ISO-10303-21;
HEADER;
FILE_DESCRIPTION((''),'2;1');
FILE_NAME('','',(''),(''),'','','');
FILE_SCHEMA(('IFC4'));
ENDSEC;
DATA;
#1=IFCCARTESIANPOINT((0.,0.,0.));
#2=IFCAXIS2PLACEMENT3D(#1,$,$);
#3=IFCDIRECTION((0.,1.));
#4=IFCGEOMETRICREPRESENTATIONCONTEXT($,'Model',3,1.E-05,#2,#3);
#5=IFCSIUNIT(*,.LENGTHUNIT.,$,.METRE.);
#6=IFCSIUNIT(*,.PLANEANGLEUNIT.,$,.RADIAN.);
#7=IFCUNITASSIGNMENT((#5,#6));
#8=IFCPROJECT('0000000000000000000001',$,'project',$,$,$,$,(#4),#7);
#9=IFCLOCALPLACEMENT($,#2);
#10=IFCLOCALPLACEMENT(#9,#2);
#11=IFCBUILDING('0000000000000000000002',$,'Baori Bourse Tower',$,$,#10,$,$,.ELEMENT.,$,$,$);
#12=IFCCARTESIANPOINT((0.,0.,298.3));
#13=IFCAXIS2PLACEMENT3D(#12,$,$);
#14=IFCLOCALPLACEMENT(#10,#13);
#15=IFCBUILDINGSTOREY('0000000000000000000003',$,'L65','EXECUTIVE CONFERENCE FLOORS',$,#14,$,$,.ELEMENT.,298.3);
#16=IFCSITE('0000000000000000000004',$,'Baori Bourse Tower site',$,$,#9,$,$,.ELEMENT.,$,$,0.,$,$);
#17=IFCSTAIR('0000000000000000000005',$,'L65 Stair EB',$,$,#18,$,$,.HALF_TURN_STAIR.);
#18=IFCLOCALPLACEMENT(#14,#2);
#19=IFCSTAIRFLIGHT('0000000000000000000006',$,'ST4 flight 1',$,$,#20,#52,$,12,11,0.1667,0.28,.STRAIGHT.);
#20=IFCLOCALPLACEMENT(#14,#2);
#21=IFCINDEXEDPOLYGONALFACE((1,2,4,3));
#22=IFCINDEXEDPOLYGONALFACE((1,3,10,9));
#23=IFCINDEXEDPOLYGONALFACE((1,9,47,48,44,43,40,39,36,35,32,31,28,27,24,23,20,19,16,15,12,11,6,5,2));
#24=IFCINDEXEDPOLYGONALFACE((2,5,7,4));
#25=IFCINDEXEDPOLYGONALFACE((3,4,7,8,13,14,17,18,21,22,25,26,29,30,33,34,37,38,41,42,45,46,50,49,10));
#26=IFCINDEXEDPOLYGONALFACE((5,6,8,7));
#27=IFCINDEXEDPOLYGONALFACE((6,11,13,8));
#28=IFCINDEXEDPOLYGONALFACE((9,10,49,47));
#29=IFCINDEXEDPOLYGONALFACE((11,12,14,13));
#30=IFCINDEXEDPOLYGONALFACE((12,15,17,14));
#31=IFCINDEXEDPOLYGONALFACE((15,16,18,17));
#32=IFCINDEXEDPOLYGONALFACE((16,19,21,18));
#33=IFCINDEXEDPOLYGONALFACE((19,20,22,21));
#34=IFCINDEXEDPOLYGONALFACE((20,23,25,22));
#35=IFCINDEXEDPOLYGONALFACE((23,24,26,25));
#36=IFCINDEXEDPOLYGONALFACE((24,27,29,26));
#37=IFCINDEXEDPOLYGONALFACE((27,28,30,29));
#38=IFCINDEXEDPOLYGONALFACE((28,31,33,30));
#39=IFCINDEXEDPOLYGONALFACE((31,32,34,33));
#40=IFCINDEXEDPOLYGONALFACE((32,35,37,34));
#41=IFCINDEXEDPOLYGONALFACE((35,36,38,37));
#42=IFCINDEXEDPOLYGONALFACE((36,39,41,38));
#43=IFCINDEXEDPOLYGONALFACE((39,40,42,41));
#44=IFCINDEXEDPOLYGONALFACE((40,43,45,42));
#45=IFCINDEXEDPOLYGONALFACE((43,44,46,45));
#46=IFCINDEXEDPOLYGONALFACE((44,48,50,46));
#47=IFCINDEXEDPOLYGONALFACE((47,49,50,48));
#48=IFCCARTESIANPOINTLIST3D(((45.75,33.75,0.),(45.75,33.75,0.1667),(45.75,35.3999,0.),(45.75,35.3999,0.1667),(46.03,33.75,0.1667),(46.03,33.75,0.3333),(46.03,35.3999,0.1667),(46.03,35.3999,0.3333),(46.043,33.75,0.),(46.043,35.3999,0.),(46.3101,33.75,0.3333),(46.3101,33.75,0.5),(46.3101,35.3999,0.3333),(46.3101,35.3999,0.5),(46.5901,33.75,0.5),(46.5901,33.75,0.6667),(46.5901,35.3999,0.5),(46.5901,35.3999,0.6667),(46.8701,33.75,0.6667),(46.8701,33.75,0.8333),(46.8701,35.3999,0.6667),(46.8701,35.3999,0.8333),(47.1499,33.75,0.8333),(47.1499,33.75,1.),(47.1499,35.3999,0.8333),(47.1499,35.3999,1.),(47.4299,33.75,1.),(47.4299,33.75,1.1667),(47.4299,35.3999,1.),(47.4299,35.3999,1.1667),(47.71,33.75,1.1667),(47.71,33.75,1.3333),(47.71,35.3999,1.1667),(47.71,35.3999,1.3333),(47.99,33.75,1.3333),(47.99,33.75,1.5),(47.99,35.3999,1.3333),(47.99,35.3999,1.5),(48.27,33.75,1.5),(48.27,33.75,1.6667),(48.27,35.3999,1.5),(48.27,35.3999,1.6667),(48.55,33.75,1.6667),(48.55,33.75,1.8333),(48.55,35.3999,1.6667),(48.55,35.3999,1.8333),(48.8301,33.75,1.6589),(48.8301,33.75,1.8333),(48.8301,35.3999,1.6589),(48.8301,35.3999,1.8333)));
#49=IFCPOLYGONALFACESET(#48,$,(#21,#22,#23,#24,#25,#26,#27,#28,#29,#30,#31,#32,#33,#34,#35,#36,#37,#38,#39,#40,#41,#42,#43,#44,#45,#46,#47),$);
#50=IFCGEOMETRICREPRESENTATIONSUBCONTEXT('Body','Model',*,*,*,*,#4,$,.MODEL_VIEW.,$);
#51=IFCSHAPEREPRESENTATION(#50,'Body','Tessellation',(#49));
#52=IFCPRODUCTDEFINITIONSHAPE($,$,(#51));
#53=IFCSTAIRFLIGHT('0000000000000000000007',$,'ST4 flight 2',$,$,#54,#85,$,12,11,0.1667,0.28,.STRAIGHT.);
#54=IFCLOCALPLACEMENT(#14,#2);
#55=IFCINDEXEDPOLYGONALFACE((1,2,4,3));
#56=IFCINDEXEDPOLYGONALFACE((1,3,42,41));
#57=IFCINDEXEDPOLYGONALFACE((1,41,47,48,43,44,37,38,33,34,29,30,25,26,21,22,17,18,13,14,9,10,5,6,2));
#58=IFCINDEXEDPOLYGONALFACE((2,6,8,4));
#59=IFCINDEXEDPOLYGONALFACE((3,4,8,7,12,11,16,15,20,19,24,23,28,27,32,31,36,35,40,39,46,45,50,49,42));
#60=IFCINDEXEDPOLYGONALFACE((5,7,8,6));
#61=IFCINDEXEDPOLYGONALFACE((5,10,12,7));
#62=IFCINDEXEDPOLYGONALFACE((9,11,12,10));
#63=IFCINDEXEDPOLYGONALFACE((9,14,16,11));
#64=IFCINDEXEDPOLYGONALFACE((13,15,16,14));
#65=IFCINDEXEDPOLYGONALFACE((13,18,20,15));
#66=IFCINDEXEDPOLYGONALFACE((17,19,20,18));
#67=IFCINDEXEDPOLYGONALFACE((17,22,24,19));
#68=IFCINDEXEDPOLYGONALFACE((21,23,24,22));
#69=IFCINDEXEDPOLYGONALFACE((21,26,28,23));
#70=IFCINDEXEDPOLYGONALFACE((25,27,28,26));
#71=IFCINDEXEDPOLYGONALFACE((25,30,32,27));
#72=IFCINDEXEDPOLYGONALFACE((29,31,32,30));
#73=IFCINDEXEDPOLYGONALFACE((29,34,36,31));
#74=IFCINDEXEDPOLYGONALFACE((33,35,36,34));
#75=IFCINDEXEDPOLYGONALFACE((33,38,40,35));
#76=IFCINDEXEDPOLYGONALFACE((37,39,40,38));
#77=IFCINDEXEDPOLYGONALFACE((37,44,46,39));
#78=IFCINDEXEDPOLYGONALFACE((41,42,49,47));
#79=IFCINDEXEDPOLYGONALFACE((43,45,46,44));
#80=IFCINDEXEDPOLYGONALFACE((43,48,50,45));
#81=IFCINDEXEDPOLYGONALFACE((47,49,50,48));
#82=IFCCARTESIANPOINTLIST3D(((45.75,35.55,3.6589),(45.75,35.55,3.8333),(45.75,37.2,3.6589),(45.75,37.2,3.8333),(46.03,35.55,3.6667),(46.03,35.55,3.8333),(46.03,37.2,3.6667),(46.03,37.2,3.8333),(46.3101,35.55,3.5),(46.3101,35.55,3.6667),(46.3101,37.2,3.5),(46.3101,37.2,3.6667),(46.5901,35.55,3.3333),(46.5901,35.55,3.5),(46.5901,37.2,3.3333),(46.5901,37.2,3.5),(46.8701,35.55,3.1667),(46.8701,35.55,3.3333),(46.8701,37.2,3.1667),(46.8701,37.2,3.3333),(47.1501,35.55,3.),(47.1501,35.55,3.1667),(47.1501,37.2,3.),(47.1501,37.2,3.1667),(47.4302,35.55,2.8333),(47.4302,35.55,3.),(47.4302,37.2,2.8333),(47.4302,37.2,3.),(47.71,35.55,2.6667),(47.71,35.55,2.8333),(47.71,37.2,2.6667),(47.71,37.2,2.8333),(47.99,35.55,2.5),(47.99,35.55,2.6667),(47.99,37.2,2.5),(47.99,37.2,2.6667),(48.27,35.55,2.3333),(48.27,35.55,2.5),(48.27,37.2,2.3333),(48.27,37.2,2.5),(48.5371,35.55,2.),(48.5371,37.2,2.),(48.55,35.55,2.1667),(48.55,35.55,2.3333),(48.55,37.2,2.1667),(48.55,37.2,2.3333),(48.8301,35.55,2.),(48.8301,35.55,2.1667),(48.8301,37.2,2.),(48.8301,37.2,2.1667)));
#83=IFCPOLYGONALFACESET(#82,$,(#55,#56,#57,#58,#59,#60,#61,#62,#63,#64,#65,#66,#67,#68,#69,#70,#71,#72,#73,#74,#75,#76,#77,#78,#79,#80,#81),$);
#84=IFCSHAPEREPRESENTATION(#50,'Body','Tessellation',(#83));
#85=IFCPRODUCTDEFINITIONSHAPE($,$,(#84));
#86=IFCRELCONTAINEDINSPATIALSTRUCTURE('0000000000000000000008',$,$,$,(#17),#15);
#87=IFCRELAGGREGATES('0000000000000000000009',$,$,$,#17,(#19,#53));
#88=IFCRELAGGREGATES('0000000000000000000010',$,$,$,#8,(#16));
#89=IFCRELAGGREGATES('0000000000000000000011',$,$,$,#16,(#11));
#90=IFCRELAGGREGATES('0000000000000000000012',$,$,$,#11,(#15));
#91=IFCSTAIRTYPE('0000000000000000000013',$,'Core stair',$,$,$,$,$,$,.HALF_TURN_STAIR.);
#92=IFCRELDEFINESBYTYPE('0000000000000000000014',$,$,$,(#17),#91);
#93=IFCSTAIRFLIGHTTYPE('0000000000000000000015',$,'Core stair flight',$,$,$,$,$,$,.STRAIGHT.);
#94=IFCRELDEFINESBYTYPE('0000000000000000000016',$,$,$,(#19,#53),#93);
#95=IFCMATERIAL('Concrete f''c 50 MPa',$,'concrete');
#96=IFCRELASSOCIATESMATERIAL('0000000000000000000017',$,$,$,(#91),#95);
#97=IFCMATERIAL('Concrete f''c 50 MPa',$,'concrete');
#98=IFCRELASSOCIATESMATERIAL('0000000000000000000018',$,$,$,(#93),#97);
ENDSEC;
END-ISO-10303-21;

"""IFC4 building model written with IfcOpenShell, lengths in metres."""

from ifc_helpers import new_model, si_unit, direction, frame, origin, place, context, subcontext, project, spatial, polyline, outline, extrude, material, type_object, element, aggregate, save


model = new_model("IFC4")

# Units and contexts
model_context = context("Model", 3, precision=1e-05, world=origin(), true_north=direction((0.0, 1.0)))
body_context = subcontext(model_context, "Body", "Model", "MODEL_VIEW")
ifc_project = project(units=[si_unit("LENGTHUNIT", "METRE"), si_unit("PLANEANGLEUNIT", "RADIAN")], contexts=[model_context])

# Site, building, storey
site_placement = place(None, origin())
site = spatial("IfcSite", under=ifc_project, at=site_placement, Name="Baori Bourse Tower site", CompositionType="ELEMENT", RefElevation=0.0)
building_placement = place(site_placement, origin())
building = spatial("IfcBuilding", under=site, at=building_placement, Name="Baori Bourse Tower", CompositionType="ELEMENT")
storey_placement = place(building_placement, frame((0.0, 0.0, 298.3)))
storey = spatial("IfcBuildingStorey", under=building, at=storey_placement, Name="L65", Description="EXECUTIVE CONFERENCE FLOORS", CompositionType="ELEMENT", Elevation=298.3)

# Stair, stair flights
ifc_material_1 = material(Name="Concrete f'c 50 MPa", Category="concrete")
stair_type = type_object("IfcStairType", Name="Core stair", PredefinedType="HALF_TURN_STAIR", material=ifc_material_1)
stair_placement = place(storey_placement, origin())
stair = element("IfcStair", 1, at=stair_placement, inside=storey, type_object=stair_type, Name="L65 Stair EB", PredefinedType="HALF_TURN_STAIR")
ifc_material_2 = material(Name="Concrete f'c 50 MPa", Category="concrete")
stair_flight_type = type_object("IfcStairFlightType", Name="Core stair flight", PredefinedType="STRAIGHT", material=ifc_material_2)
stair_flight_1_placement = place(storey_placement, frame((45.75, 34.575, 0.0), z_axis=(0.0, 0.0, 1.0), x_axis=(1.0, 0.0, 0.0)))
stair_flight_1 = element("IfcStairFlight", 2, at=stair_flight_1_placement, type_object=stair_flight_type, Name="ST4 flight 1", NumberOfRisers=12, NumberOfTreads=11, PredefinedType="STRAIGHT", RiserHeight=0.1667, TreadLength=0.28, context=body_context, shape_type="SweptSolid", body=[
    extrude(outline(polyline([(0.0, 0.0), (0.0, 0.1667), (0.28, 0.1667), (0.28, 0.3333), (0.5601, 0.3333), (0.5601, 0.5), (0.8401, 0.5), (0.8401, 0.6667), (1.1201, 0.6667), (1.1201, 0.8333), (1.3999, 0.8333), (1.3999, 1.0), (1.6799, 1.0), (1.6799, 1.1667), (1.96, 1.1667), (1.96, 1.3333), (2.24, 1.3333), (2.24, 1.5), (2.52, 1.5), (2.52, 1.6667), (2.8, 1.6667), (2.8, 1.8333), (3.0801, 1.8333), (3.0801, 2.0), (3.0801, 1.6589), (0.293, 0.0), (0.0, 0.0)])), frame((0.0, 0.825, 0.0), z_axis=(0.0, -1.0, 0.0), x_axis=(1.0, 0.0, 0.0)), (0.0, 0.0, 1.0), 1.6499),
])
stair_flight_2_placement = place(storey_placement, frame((48.8301, 36.375, 2.0), z_axis=(0.0, 0.0, 1.0), x_axis=(-1.0, 0.0, 0.0)))
stair_flight_2 = element("IfcStairFlight", 3, at=stair_flight_2_placement, type_object=stair_flight_type, Name="ST4 flight 2", NumberOfRisers=12, NumberOfTreads=11, PredefinedType="STRAIGHT", RiserHeight=0.1667, TreadLength=0.28, context=body_context, shape_type="SweptSolid", body=[
    extrude(outline(polyline([(0.0, 0.0), (0.0, 0.1667), (0.28, 0.1667), (0.28, 0.3333), (0.5601, 0.3333), (0.5601, 0.5), (0.8401, 0.5), (0.8401, 0.6667), (1.1201, 0.6667), (1.1201, 0.8333), (1.3999, 0.8333), (1.3999, 1.0), (1.6799, 1.0), (1.6799, 1.1667), (1.96, 1.1667), (1.96, 1.3333), (2.24, 1.3333), (2.24, 1.5), (2.52, 1.5), (2.52, 1.6667), (2.8, 1.6667), (2.8, 1.8333), (3.0801, 1.8333), (3.0801, 2.0), (3.0801, 1.6589), (0.293, 0.0), (0.0, 0.0)])), frame((0.0, 0.825, 0.0), z_axis=(0.0, -1.0, 0.0), x_axis=(1.0, 0.0, 0.0)), (0.0, 0.0, 1.0), 1.6499),
])
aggregate(stair, [stair_flight_1, stair_flight_2])

save(model, "model.ifc")
